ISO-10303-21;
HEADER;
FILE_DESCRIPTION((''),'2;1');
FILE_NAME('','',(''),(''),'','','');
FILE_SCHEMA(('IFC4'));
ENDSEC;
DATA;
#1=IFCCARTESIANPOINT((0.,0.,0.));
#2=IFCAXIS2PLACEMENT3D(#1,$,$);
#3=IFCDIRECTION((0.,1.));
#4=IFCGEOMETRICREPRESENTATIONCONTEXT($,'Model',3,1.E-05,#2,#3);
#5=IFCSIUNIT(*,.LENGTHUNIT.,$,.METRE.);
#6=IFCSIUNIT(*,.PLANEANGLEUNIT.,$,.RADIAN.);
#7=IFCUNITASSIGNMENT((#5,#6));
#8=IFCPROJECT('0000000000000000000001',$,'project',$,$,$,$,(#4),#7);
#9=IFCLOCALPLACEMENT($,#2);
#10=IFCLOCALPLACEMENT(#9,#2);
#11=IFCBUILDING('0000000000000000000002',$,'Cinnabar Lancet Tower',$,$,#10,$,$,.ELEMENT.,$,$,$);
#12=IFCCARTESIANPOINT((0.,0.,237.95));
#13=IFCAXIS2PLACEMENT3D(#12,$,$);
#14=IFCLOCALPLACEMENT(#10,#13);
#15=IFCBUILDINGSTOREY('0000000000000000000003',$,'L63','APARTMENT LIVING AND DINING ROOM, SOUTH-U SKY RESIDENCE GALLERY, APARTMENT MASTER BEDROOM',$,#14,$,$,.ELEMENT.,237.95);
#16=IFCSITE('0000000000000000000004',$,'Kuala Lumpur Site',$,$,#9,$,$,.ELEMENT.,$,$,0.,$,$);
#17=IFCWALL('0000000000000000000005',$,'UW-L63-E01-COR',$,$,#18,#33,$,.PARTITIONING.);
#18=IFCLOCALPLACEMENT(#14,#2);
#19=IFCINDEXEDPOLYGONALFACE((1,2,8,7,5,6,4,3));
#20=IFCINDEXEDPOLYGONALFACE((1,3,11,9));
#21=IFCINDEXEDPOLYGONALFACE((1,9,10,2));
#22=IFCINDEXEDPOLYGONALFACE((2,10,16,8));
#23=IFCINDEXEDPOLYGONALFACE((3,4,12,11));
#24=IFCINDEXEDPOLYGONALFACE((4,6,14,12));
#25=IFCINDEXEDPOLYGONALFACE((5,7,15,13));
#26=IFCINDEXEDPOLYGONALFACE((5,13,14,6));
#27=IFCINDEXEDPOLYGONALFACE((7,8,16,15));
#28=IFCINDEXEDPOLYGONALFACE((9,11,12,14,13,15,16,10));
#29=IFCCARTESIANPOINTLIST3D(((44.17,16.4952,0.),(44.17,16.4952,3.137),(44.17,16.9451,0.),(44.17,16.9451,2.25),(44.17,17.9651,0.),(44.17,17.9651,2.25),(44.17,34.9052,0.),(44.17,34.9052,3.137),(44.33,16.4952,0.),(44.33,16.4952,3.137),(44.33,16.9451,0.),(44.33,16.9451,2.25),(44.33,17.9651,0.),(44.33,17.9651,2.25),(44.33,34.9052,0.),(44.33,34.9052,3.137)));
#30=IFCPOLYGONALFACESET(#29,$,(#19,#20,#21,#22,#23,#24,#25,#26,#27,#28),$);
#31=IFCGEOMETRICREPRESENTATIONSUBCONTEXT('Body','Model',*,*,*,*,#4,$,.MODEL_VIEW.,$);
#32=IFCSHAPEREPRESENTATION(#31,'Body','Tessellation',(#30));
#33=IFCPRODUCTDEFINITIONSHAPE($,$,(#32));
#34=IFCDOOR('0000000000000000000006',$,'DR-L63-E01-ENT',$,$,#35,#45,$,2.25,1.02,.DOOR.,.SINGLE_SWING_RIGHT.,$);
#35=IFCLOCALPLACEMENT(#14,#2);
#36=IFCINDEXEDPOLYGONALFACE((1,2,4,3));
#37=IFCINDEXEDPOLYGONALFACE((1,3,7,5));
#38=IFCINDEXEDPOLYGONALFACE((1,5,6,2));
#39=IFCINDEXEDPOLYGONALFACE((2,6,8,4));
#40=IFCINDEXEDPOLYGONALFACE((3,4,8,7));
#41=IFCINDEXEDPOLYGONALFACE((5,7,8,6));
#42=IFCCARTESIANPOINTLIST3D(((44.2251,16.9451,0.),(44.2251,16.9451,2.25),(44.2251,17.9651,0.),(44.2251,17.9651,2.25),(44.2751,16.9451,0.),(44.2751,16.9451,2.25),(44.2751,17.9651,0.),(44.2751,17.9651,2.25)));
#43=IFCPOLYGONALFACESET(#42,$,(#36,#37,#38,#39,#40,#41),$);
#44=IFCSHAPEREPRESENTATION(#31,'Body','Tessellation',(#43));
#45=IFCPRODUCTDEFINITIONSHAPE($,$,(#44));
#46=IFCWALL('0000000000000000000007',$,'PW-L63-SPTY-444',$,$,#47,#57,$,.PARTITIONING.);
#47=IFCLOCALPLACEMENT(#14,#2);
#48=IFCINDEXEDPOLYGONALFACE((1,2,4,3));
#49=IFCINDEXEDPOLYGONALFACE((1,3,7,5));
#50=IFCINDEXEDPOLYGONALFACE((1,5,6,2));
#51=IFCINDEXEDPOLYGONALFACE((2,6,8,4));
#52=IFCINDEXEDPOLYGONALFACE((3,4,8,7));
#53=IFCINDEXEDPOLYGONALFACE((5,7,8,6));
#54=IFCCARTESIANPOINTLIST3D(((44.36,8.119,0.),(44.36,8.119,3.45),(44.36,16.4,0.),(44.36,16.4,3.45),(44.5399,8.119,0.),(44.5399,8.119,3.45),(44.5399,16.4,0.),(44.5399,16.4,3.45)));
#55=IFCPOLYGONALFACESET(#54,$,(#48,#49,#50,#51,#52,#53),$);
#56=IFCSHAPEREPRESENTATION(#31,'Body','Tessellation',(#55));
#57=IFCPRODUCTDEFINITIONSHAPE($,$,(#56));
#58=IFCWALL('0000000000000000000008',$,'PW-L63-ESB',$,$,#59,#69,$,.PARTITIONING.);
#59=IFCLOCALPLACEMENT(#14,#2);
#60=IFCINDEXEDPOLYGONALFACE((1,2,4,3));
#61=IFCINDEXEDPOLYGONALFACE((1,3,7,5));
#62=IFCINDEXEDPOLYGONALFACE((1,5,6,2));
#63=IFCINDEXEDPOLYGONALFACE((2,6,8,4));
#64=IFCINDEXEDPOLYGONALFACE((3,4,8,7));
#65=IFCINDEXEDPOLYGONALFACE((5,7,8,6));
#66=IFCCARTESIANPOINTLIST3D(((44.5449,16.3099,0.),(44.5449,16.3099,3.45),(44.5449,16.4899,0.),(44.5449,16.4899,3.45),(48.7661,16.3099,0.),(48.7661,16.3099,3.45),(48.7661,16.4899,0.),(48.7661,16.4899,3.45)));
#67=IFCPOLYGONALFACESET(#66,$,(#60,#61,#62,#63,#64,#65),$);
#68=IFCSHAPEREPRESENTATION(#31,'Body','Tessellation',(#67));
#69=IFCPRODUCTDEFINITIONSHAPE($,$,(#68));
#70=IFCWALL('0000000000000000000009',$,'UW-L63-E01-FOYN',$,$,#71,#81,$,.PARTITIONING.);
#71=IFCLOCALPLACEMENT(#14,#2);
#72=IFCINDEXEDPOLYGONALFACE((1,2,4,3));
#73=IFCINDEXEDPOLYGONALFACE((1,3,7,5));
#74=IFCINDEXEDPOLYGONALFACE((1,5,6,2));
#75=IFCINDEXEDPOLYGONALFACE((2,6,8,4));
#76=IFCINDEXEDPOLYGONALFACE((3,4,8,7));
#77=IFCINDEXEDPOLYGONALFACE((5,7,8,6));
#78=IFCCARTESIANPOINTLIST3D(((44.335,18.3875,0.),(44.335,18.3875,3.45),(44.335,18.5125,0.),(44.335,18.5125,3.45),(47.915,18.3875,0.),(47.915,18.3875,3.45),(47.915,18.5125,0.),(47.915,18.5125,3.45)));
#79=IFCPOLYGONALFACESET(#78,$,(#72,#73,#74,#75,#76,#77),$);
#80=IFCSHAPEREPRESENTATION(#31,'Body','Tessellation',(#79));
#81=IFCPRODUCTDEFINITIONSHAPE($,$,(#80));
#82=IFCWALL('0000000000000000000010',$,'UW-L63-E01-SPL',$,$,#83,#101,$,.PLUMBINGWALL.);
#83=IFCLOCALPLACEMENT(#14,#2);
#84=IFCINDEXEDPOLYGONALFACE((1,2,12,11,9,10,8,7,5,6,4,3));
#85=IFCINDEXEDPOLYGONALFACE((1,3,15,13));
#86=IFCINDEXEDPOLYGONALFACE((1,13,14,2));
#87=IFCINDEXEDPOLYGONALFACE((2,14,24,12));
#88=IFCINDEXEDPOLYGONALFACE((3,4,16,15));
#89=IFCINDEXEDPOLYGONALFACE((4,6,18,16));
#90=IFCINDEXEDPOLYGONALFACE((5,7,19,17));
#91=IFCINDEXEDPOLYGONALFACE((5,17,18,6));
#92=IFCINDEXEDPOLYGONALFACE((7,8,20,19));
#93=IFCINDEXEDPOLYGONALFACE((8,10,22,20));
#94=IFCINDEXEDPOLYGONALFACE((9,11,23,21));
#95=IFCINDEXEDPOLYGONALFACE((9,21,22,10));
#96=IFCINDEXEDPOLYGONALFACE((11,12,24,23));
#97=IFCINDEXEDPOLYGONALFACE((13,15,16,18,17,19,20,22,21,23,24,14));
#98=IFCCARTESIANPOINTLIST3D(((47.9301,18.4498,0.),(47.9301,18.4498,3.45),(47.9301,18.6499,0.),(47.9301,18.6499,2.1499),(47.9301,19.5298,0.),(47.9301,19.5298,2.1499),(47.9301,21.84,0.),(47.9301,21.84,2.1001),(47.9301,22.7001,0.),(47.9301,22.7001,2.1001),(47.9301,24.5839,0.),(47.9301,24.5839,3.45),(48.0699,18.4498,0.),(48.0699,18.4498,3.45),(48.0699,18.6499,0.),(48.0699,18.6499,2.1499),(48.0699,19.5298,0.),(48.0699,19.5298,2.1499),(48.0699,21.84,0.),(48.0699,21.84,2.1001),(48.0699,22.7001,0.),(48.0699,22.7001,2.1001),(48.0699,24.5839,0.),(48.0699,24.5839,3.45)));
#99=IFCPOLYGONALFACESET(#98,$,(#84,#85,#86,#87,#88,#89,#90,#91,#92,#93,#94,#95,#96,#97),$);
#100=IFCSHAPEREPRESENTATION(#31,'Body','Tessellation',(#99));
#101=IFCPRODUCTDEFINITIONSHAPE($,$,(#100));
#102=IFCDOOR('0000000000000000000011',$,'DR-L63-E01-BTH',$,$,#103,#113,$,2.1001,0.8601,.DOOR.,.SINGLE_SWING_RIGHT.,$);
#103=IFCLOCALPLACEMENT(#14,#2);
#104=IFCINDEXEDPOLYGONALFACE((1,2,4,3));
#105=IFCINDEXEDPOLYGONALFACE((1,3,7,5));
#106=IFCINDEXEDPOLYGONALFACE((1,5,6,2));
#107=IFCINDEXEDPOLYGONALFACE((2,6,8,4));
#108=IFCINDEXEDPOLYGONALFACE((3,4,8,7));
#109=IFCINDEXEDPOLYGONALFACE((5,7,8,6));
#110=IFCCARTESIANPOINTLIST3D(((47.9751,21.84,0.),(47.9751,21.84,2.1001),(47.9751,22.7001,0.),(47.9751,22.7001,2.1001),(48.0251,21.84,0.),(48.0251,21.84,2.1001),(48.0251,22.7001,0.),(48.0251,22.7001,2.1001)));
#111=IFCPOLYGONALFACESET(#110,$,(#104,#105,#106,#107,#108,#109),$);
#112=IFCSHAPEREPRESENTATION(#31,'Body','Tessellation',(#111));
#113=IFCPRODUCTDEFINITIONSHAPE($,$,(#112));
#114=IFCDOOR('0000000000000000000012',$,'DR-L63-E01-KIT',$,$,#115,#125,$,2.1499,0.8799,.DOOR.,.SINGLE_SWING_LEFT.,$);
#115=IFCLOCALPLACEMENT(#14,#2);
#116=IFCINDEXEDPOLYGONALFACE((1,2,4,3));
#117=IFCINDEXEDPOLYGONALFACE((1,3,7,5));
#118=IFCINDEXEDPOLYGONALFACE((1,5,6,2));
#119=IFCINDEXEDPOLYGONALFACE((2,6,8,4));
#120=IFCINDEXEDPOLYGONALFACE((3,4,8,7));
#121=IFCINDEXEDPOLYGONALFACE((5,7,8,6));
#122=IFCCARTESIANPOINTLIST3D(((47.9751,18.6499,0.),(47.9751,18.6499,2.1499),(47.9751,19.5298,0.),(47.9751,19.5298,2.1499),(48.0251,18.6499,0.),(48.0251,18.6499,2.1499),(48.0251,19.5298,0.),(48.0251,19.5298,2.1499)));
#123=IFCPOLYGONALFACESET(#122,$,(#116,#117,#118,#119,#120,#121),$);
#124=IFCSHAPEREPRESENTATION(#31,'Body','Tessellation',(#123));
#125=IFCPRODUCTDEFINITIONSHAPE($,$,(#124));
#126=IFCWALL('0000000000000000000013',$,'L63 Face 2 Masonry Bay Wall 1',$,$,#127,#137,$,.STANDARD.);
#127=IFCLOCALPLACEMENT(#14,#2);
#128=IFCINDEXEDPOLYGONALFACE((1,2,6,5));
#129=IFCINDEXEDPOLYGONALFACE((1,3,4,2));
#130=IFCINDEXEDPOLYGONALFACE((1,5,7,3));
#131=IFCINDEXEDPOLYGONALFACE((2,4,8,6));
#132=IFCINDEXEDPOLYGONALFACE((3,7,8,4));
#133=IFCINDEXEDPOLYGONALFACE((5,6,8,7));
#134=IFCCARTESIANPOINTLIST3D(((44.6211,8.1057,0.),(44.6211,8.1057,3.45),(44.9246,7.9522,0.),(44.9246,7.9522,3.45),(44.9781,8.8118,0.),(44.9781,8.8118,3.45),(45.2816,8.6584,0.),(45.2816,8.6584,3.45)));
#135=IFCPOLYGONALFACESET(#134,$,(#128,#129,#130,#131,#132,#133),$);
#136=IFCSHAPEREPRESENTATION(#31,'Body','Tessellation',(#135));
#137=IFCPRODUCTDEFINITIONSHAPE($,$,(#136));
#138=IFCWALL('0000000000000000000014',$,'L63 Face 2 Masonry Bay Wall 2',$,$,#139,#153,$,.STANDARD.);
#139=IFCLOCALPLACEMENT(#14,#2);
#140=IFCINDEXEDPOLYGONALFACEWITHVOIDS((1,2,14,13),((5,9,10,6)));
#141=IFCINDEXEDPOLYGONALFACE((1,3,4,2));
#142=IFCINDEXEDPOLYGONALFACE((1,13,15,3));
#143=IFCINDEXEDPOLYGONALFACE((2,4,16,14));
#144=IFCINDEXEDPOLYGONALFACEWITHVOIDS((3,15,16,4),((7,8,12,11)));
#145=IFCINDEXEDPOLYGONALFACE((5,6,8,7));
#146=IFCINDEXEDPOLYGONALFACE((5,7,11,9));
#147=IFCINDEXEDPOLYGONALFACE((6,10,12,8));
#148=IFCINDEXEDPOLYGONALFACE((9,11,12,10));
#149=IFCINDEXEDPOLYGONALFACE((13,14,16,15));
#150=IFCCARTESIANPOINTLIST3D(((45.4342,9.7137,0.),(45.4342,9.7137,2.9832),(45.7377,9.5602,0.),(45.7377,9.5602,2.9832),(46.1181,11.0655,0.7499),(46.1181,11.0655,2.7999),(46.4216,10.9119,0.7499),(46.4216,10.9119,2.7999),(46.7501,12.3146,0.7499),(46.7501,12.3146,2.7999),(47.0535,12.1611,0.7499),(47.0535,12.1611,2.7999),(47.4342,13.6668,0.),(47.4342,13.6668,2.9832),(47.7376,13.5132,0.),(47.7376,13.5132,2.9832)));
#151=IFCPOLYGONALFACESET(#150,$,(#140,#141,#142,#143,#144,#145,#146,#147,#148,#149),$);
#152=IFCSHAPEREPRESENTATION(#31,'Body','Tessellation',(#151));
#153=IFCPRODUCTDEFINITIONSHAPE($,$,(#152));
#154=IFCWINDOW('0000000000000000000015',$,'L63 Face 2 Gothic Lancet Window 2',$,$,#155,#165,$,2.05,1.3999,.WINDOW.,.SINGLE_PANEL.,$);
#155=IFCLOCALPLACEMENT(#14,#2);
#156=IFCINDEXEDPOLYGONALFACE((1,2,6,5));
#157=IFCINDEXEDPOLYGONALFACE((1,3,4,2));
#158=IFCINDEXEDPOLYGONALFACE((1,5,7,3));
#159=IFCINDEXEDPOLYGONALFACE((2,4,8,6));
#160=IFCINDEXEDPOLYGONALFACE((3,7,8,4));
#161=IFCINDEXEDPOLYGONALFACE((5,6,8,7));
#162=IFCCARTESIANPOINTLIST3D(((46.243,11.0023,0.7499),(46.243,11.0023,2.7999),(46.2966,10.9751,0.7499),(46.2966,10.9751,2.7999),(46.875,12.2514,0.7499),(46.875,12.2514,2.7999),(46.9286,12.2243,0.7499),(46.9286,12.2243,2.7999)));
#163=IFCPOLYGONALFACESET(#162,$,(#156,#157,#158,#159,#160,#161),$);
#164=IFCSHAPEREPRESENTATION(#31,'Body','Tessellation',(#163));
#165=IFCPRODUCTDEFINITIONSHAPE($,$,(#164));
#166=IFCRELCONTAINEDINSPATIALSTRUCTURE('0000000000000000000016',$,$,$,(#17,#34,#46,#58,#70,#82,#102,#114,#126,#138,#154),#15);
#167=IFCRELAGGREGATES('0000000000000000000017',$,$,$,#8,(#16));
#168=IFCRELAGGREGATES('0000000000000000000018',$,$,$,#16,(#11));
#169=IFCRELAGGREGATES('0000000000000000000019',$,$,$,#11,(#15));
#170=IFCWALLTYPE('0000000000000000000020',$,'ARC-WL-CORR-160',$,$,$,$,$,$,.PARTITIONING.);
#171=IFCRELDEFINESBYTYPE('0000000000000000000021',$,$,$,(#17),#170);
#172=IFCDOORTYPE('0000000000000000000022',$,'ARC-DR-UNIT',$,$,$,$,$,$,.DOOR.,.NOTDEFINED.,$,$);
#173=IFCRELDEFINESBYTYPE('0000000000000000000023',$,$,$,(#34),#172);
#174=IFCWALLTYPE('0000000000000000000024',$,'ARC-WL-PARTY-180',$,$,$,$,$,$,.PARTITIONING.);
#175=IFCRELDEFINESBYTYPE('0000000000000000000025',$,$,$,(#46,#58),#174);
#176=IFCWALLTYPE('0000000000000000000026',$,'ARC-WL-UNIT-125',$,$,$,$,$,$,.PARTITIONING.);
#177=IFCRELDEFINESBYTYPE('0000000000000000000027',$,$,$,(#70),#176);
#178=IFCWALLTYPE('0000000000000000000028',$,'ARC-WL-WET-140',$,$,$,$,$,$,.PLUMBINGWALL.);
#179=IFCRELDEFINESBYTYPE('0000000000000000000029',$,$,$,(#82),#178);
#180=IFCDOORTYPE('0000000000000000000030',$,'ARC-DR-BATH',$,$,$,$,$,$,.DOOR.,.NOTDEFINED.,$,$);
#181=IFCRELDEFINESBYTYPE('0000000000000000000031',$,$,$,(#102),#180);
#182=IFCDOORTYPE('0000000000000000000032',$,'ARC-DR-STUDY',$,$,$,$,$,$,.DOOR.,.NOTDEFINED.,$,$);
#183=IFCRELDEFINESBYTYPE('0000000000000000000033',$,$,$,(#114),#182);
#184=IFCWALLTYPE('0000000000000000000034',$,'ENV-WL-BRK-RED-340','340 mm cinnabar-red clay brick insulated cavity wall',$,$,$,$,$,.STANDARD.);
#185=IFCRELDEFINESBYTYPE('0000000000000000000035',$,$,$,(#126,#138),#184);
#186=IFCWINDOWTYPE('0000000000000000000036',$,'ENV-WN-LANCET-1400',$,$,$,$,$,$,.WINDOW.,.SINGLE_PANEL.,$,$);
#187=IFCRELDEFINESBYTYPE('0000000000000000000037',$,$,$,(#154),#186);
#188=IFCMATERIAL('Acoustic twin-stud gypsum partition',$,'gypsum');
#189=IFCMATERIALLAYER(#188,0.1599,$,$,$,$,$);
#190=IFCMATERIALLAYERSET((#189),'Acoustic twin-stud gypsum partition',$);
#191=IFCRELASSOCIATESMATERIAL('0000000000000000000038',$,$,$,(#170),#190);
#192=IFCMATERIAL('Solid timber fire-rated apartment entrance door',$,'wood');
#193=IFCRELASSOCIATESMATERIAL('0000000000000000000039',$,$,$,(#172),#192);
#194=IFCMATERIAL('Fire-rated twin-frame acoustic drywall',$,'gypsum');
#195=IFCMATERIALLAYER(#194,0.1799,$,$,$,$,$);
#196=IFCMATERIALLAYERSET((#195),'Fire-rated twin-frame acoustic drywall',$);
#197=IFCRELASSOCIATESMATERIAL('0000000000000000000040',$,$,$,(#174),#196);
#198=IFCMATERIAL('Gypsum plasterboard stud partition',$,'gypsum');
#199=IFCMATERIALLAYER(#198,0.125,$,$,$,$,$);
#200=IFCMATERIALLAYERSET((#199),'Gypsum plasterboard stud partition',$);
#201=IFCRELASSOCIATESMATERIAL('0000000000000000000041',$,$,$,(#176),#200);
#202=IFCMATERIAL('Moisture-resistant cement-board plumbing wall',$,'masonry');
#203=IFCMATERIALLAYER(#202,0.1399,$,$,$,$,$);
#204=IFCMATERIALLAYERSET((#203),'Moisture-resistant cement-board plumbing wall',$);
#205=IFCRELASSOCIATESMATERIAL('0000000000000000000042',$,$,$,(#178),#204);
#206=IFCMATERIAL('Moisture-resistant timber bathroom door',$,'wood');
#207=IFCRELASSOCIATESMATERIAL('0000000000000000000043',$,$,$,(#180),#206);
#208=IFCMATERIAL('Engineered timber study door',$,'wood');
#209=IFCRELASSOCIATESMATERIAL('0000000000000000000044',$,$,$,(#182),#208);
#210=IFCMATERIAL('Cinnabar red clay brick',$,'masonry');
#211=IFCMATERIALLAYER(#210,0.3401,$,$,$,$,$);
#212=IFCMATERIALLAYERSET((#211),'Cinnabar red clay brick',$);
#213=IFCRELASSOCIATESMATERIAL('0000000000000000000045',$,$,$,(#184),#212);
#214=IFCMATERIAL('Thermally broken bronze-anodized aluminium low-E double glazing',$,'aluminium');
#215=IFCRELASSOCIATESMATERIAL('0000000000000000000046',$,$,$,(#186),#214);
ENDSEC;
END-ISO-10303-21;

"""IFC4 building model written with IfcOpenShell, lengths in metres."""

from ifc_helpers import new_model, si_unit, direction, frame, frame_2d, origin, place, context, subcontext, project, spatial, rectangle, extrude, material, layer, layer_set, type_object, element, fill, save


model = new_model("IFC4")

# Units and contexts
model_context = context("Model", 3, precision=1e-05, world=origin(), true_north=direction((0.0, 1.0)))
body_context = subcontext(model_context, "Body", "Model", "MODEL_VIEW")
ifc_project = project(units=[si_unit("LENGTHUNIT", "METRE"), si_unit("PLANEANGLEUNIT", "RADIAN")], contexts=[model_context])

# Site, building, storey
site_placement = place(None, origin())
site = spatial("IfcSite", under=ifc_project, at=site_placement, Name="Kuala Lumpur Site", CompositionType="ELEMENT", RefElevation=0.0)
building_placement = place(site_placement, origin())
building = spatial("IfcBuilding", under=site, at=building_placement, Name="Cinnabar Lancet Tower", CompositionType="ELEMENT")
storey_placement = place(building_placement, frame((0.0, 0.0, 237.95)))
storey = spatial("IfcBuildingStorey", under=building, at=storey_placement, Name="L63", Description="APARTMENT LIVING AND DINING ROOM, SOUTH-U SKY RESIDENCE GALLERY, APARTMENT MASTER BEDROOM", CompositionType="ELEMENT", Elevation=237.95)

# Wall, opening, door
ifc_material_1 = material(Name="Acoustic twin-stud gypsum partition", Category="gypsum")
ifc_layer_1 = layer(ifc_material_1, 0.1599)
ifc_layer_set_1 = layer_set([ifc_layer_1], Name="Acoustic twin-stud gypsum partition")
wall_type_1 = type_object("IfcWallType", Name="ARC-WL-CORR-160", PredefinedType="PARTITIONING", material=ifc_layer_set_1)
wall_1_placement = place(storey_placement, frame((44.25, 16.4951, 0.0), z_axis=(0.0, 0.0, 1.0), x_axis=(0.0, 1.0, 0.0)))
wall_1 = element("IfcWall", 1, at=wall_1_placement, inside=storey, type_object=wall_type_1, Name="UW-L63-E01-COR", PredefinedType="PARTITIONING", context=body_context, shape_type="SweptSolid", body=[
    extrude(rectangle(XDim=18.4099, YDim=0.1599, at=frame_2d((9.2051, 0.0))), origin(), (0.0, 0.0, 1.0), 3.137),
])
opening_1_placement = place(wall_1_placement, frame((0.45, 0.0, 0.0)))
opening_1 = element("IfcOpeningElement", 2, at=opening_1_placement, cuts=wall_1, PredefinedType="OPENING", context=body_context, shape_type="SweptSolid", body=[
    extrude(rectangle(XDim=1.02, YDim=2.25, at=frame_2d((0.51, 1.125))), frame((0.0, 0.0898, 0.0), z_axis=(0.0, -1.0, 0.0), x_axis=(1.0, 0.0, 0.0)), (0.0, 0.0, 1.0), 0.1799),
])
ifc_material_2 = material(Name="Solid timber fire-rated apartment entrance door", Category="wood")
door_type_1 = type_object("IfcDoorType", Name="ARC-DR-UNIT", OperationType="NOTDEFINED", PredefinedType="DOOR", material=ifc_material_2)
door_1_placement = place(opening_1_placement, origin())
door_1 = element("IfcDoor", 3, at=door_1_placement, inside=storey, type_object=door_type_1, Name="DR-L63-E01-ENT", OperationType="SINGLE_SWING_RIGHT", OverallHeight=2.25, OverallWidth=1.02, PredefinedType="DOOR", context=body_context, shape_type="SweptSolid", body=[
    extrude(rectangle(XDim=1.02, YDim=2.25, at=frame_2d((0.51, 1.125))), frame((0.0, 0.0249, 0.0), z_axis=(0.0, -1.0, 0.0), x_axis=(1.0, 0.0, 0.0)), (0.0, 0.0, 1.0), 0.05),
])
fill(opening_1, door_1)

# Walls
ifc_material_3 = material(Name="Fire-rated twin-frame acoustic drywall", Category="gypsum")
ifc_layer_2 = layer(ifc_material_3, 0.1799)
ifc_layer_set_2 = layer_set([ifc_layer_2], Name="Fire-rated twin-frame acoustic drywall")
wall_type_2 = type_object("IfcWallType", Name="ARC-WL-PARTY-180", PredefinedType="PARTITIONING", material=ifc_layer_set_2)
wall_2_placement = place(storey_placement, frame((44.45, 8.1189, 0.0), z_axis=(0.0, 0.0, 1.0), x_axis=(0.0, 1.0, 0.0)))
element("IfcWall", 4, at=wall_2_placement, inside=storey, type_object=wall_type_2, Name="PW-L63-SPTY-444", PredefinedType="PARTITIONING", context=body_context, shape_type="SweptSolid", body=[
    extrude(rectangle(XDim=8.281, YDim=0.1799, at=frame_2d((4.1406, 0.0))), origin(), (0.0, 0.0, 1.0), 3.45),
])
wall_3_placement = place(storey_placement, frame((44.5449, 16.3999, 0.0), z_axis=(0.0, 0.0, 1.0), x_axis=(1.0, 0.0, 0.0)))
element("IfcWall", 5, at=wall_3_placement, inside=storey, type_object=wall_type_2, Name="PW-L63-ESB", PredefinedType="PARTITIONING", context=body_context, shape_type="SweptSolid", body=[
    extrude(rectangle(XDim=4.2212, YDim=0.1799, at=frame_2d((2.1106, 0.0))), origin(), (0.0, 0.0, 1.0), 3.45),
])
ifc_material_4 = material(Name="Gypsum plasterboard stud partition", Category="gypsum")
ifc_layer_3 = layer(ifc_material_4, 0.125)
ifc_layer_set_3 = layer_set([ifc_layer_3], Name="Gypsum plasterboard stud partition")
wall_type_3 = type_object("IfcWallType", Name="ARC-WL-UNIT-125", PredefinedType="PARTITIONING", material=ifc_layer_set_3)
wall_4_placement = place(storey_placement, frame((44.335, 18.45, 0.0), z_axis=(0.0, 0.0, 1.0), x_axis=(1.0, 0.0, 0.0)))
element("IfcWall", 6, at=wall_4_placement, inside=storey, type_object=wall_type_3, Name="UW-L63-E01-FOYN", PredefinedType="PARTITIONING", context=body_context, shape_type="SweptSolid", body=[
    extrude(rectangle(XDim=3.5801, YDim=0.125, at=frame_2d((1.79, 0.0))), origin(), (0.0, 0.0, 1.0), 3.45),
])

# Wall, openings, doors
ifc_material_5 = material(Name="Moisture-resistant cement-board plumbing wall", Category="masonry")
ifc_layer_4 = layer(ifc_material_5, 0.1399)
ifc_layer_set_4 = layer_set([ifc_layer_4], Name="Moisture-resistant cement-board plumbing wall")
wall_type_4 = type_object("IfcWallType", Name="ARC-WL-WET-140", PredefinedType="PLUMBINGWALL", material=ifc_layer_set_4)
wall_5_placement = place(storey_placement, frame((48.0, 18.45, 0.0), z_axis=(0.0, 0.0, 1.0), x_axis=(0.0, 1.0, 0.0)))
wall_5 = element("IfcWall", 7, at=wall_5_placement, inside=storey, type_object=wall_type_4, Name="UW-L63-E01-SPL", PredefinedType="PLUMBINGWALL", context=body_context, shape_type="SweptSolid", body=[
    extrude(rectangle(XDim=6.134, YDim=0.1399, at=frame_2d((3.0669, 0.0))), origin(), (0.0, 0.0, 1.0), 3.45),
])
opening_2_placement = place(wall_5_placement, frame((0.2, 0.0, 0.0)))
opening_2 = element("IfcOpeningElement", 8, at=opening_2_placement, cuts=wall_5, PredefinedType="OPENING", context=body_context, shape_type="SweptSolid", body=[
    extrude(rectangle(XDim=0.8799, YDim=2.1499, at=frame_2d((0.4399, 1.075))), frame((0.0, 0.0798, 0.0), z_axis=(0.0, -1.0, 0.0), x_axis=(1.0, 0.0, 0.0)), (0.0, 0.0, 1.0), 0.1599),
])
opening_3_placement = place(wall_5_placement, frame((3.3899, 0.0, 0.0)))
opening_3 = element("IfcOpeningElement", 9, at=opening_3_placement, cuts=wall_5, PredefinedType="OPENING", context=body_context, shape_type="SweptSolid", body=[
    extrude(rectangle(XDim=0.8601, YDim=2.1001, at=frame_2d((0.4302, 1.05))), frame((0.0, 0.0798, 0.0), z_axis=(0.0, -1.0, 0.0), x_axis=(1.0, 0.0, 0.0)), (0.0, 0.0, 1.0), 0.1599),
])
ifc_material_6 = material(Name="Moisture-resistant timber bathroom door", Category="wood")
door_type_2 = type_object("IfcDoorType", Name="ARC-DR-BATH", OperationType="NOTDEFINED", PredefinedType="DOOR", material=ifc_material_6)
door_2_placement = place(opening_3_placement, origin())
door_2 = element("IfcDoor", 10, at=door_2_placement, inside=storey, type_object=door_type_2, Name="DR-L63-E01-BTH", OperationType="SINGLE_SWING_RIGHT", OverallHeight=2.1001, OverallWidth=0.8601, PredefinedType="DOOR", context=body_context, shape_type="SweptSolid", body=[
    extrude(rectangle(XDim=0.8601, YDim=2.1001, at=frame_2d((0.4302, 1.05))), frame((0.0, 0.0249, 0.0), z_axis=(0.0, -1.0, 0.0), x_axis=(1.0, 0.0, 0.0)), (0.0, 0.0, 1.0), 0.05),
])
fill(opening_3, door_2)
ifc_material_7 = material(Name="Engineered timber study door", Category="wood")
door_type_3 = type_object("IfcDoorType", Name="ARC-DR-STUDY", OperationType="NOTDEFINED", PredefinedType="DOOR", material=ifc_material_7)
door_3_placement = place(opening_2_placement, origin())
door_3 = element("IfcDoor", 11, at=door_3_placement, inside=storey, type_object=door_type_3, Name="DR-L63-E01-KIT", OperationType="SINGLE_SWING_LEFT", OverallHeight=2.1499, OverallWidth=0.8799, PredefinedType="DOOR", context=body_context, shape_type="SweptSolid", body=[
    extrude(rectangle(XDim=0.8799, YDim=2.1499, at=frame_2d((0.4399, 1.075))), frame((0.0, 0.0249, 0.0), z_axis=(0.0, -1.0, 0.0), x_axis=(1.0, 0.0, 0.0)), (0.0, 0.0, 1.0), 0.05),
])
fill(opening_2, door_3)

# Wall
ifc_material_8 = material(Name="Cinnabar red clay brick", Category="masonry")
ifc_layer_5 = layer(ifc_material_8, 0.3401)
ifc_layer_set_5 = layer_set([ifc_layer_5], Name="Cinnabar red clay brick")
wall_type_5 = type_object("IfcWallType", Name="ENV-WL-BRK-RED-340", Description="340 mm cinnabar-red clay brick insulated cavity wall", PredefinedType="STANDARD", material=ifc_layer_set_5)
wall_6_placement = place(storey_placement, frame((44.7729, 8.0291, 0.0), z_axis=(0.0, 0.0, 1.0), x_axis=(0.451159, 0.892443, 0.0)))
element("IfcWall", 12, at=wall_6_placement, inside=storey, type_object=wall_type_5, Name="L63 Face 2 Masonry Bay Wall 1", PredefinedType="STANDARD", context=body_context, shape_type="SweptSolid", body=[
    extrude(rectangle(XDim=0.7913, YDim=0.3401, at=frame_2d((0.3955, 0.0))), origin(), (0.0, 0.0, 1.0), 3.45),
])

# Wall, opening, window
wall_7_placement = place(storey_placement, frame((45.5859, 9.637, 0.0), z_axis=(0.0, 0.0, 1.0), x_axis=(0.451441, 0.892301, 0.0)))
wall_7 = element("IfcWall", 13, at=wall_7_placement, inside=storey, type_object=wall_type_5, Name="L63 Face 2 Masonry Bay Wall 2", PredefinedType="STANDARD", context=body_context, shape_type="SweptSolid", body=[
    extrude(rectangle(XDim=4.4302, YDim=0.3401, at=frame_2d((2.2151, 0.0))), origin(), (0.0, 0.0, 1.0), 2.9832),
])
opening_4_placement = place(wall_7_placement, frame((1.5149, 0.0, 0.75)))
opening_4 = element("IfcOpeningElement", 14, at=opening_4_placement, cuts=wall_7, PredefinedType="OPENING", context=body_context, shape_type="SweptSolid", body=[
    extrude(rectangle(XDim=1.3999, YDim=2.05, at=frame_2d((0.7, 1.0249))), frame((0.0, 0.1799, 0.0), z_axis=(0.0, -1.0, 0.0), x_axis=(1.0, 0.0, 0.0)), (0.0, 0.0, 1.0), 0.3601),
])
ifc_material_9 = material(Name="Thermally broken bronze-anodized aluminium low-E double glazing", Category="aluminium")
window_type_1 = type_object("IfcWindowType", Name="ENV-WN-LANCET-1400", PartitioningType="SINGLE_PANEL", PredefinedType="WINDOW", material=ifc_material_9)
window_1_placement = place(opening_4_placement, origin())
window_1 = element("IfcWindow", 15, at=window_1_placement, inside=storey, type_object=window_type_1, Name="L63 Face 2 Gothic Lancet Window 2", OverallHeight=2.05, OverallWidth=1.3999, PartitioningType="SINGLE_PANEL", PredefinedType="WINDOW", context=body_context, shape_type="SweptSolid", body=[
    extrude(rectangle(XDim=1.3999, YDim=2.05, at=frame_2d((0.7, 1.0249))), frame((0.0, 0.03, 0.0), z_axis=(0.0, -1.0, 0.0), x_axis=(1.0, 0.0, 0.0)), (0.0, 0.0, 1.0), 0.0601),
])
fill(opening_4, window_1)

save(model, "model.ifc")
